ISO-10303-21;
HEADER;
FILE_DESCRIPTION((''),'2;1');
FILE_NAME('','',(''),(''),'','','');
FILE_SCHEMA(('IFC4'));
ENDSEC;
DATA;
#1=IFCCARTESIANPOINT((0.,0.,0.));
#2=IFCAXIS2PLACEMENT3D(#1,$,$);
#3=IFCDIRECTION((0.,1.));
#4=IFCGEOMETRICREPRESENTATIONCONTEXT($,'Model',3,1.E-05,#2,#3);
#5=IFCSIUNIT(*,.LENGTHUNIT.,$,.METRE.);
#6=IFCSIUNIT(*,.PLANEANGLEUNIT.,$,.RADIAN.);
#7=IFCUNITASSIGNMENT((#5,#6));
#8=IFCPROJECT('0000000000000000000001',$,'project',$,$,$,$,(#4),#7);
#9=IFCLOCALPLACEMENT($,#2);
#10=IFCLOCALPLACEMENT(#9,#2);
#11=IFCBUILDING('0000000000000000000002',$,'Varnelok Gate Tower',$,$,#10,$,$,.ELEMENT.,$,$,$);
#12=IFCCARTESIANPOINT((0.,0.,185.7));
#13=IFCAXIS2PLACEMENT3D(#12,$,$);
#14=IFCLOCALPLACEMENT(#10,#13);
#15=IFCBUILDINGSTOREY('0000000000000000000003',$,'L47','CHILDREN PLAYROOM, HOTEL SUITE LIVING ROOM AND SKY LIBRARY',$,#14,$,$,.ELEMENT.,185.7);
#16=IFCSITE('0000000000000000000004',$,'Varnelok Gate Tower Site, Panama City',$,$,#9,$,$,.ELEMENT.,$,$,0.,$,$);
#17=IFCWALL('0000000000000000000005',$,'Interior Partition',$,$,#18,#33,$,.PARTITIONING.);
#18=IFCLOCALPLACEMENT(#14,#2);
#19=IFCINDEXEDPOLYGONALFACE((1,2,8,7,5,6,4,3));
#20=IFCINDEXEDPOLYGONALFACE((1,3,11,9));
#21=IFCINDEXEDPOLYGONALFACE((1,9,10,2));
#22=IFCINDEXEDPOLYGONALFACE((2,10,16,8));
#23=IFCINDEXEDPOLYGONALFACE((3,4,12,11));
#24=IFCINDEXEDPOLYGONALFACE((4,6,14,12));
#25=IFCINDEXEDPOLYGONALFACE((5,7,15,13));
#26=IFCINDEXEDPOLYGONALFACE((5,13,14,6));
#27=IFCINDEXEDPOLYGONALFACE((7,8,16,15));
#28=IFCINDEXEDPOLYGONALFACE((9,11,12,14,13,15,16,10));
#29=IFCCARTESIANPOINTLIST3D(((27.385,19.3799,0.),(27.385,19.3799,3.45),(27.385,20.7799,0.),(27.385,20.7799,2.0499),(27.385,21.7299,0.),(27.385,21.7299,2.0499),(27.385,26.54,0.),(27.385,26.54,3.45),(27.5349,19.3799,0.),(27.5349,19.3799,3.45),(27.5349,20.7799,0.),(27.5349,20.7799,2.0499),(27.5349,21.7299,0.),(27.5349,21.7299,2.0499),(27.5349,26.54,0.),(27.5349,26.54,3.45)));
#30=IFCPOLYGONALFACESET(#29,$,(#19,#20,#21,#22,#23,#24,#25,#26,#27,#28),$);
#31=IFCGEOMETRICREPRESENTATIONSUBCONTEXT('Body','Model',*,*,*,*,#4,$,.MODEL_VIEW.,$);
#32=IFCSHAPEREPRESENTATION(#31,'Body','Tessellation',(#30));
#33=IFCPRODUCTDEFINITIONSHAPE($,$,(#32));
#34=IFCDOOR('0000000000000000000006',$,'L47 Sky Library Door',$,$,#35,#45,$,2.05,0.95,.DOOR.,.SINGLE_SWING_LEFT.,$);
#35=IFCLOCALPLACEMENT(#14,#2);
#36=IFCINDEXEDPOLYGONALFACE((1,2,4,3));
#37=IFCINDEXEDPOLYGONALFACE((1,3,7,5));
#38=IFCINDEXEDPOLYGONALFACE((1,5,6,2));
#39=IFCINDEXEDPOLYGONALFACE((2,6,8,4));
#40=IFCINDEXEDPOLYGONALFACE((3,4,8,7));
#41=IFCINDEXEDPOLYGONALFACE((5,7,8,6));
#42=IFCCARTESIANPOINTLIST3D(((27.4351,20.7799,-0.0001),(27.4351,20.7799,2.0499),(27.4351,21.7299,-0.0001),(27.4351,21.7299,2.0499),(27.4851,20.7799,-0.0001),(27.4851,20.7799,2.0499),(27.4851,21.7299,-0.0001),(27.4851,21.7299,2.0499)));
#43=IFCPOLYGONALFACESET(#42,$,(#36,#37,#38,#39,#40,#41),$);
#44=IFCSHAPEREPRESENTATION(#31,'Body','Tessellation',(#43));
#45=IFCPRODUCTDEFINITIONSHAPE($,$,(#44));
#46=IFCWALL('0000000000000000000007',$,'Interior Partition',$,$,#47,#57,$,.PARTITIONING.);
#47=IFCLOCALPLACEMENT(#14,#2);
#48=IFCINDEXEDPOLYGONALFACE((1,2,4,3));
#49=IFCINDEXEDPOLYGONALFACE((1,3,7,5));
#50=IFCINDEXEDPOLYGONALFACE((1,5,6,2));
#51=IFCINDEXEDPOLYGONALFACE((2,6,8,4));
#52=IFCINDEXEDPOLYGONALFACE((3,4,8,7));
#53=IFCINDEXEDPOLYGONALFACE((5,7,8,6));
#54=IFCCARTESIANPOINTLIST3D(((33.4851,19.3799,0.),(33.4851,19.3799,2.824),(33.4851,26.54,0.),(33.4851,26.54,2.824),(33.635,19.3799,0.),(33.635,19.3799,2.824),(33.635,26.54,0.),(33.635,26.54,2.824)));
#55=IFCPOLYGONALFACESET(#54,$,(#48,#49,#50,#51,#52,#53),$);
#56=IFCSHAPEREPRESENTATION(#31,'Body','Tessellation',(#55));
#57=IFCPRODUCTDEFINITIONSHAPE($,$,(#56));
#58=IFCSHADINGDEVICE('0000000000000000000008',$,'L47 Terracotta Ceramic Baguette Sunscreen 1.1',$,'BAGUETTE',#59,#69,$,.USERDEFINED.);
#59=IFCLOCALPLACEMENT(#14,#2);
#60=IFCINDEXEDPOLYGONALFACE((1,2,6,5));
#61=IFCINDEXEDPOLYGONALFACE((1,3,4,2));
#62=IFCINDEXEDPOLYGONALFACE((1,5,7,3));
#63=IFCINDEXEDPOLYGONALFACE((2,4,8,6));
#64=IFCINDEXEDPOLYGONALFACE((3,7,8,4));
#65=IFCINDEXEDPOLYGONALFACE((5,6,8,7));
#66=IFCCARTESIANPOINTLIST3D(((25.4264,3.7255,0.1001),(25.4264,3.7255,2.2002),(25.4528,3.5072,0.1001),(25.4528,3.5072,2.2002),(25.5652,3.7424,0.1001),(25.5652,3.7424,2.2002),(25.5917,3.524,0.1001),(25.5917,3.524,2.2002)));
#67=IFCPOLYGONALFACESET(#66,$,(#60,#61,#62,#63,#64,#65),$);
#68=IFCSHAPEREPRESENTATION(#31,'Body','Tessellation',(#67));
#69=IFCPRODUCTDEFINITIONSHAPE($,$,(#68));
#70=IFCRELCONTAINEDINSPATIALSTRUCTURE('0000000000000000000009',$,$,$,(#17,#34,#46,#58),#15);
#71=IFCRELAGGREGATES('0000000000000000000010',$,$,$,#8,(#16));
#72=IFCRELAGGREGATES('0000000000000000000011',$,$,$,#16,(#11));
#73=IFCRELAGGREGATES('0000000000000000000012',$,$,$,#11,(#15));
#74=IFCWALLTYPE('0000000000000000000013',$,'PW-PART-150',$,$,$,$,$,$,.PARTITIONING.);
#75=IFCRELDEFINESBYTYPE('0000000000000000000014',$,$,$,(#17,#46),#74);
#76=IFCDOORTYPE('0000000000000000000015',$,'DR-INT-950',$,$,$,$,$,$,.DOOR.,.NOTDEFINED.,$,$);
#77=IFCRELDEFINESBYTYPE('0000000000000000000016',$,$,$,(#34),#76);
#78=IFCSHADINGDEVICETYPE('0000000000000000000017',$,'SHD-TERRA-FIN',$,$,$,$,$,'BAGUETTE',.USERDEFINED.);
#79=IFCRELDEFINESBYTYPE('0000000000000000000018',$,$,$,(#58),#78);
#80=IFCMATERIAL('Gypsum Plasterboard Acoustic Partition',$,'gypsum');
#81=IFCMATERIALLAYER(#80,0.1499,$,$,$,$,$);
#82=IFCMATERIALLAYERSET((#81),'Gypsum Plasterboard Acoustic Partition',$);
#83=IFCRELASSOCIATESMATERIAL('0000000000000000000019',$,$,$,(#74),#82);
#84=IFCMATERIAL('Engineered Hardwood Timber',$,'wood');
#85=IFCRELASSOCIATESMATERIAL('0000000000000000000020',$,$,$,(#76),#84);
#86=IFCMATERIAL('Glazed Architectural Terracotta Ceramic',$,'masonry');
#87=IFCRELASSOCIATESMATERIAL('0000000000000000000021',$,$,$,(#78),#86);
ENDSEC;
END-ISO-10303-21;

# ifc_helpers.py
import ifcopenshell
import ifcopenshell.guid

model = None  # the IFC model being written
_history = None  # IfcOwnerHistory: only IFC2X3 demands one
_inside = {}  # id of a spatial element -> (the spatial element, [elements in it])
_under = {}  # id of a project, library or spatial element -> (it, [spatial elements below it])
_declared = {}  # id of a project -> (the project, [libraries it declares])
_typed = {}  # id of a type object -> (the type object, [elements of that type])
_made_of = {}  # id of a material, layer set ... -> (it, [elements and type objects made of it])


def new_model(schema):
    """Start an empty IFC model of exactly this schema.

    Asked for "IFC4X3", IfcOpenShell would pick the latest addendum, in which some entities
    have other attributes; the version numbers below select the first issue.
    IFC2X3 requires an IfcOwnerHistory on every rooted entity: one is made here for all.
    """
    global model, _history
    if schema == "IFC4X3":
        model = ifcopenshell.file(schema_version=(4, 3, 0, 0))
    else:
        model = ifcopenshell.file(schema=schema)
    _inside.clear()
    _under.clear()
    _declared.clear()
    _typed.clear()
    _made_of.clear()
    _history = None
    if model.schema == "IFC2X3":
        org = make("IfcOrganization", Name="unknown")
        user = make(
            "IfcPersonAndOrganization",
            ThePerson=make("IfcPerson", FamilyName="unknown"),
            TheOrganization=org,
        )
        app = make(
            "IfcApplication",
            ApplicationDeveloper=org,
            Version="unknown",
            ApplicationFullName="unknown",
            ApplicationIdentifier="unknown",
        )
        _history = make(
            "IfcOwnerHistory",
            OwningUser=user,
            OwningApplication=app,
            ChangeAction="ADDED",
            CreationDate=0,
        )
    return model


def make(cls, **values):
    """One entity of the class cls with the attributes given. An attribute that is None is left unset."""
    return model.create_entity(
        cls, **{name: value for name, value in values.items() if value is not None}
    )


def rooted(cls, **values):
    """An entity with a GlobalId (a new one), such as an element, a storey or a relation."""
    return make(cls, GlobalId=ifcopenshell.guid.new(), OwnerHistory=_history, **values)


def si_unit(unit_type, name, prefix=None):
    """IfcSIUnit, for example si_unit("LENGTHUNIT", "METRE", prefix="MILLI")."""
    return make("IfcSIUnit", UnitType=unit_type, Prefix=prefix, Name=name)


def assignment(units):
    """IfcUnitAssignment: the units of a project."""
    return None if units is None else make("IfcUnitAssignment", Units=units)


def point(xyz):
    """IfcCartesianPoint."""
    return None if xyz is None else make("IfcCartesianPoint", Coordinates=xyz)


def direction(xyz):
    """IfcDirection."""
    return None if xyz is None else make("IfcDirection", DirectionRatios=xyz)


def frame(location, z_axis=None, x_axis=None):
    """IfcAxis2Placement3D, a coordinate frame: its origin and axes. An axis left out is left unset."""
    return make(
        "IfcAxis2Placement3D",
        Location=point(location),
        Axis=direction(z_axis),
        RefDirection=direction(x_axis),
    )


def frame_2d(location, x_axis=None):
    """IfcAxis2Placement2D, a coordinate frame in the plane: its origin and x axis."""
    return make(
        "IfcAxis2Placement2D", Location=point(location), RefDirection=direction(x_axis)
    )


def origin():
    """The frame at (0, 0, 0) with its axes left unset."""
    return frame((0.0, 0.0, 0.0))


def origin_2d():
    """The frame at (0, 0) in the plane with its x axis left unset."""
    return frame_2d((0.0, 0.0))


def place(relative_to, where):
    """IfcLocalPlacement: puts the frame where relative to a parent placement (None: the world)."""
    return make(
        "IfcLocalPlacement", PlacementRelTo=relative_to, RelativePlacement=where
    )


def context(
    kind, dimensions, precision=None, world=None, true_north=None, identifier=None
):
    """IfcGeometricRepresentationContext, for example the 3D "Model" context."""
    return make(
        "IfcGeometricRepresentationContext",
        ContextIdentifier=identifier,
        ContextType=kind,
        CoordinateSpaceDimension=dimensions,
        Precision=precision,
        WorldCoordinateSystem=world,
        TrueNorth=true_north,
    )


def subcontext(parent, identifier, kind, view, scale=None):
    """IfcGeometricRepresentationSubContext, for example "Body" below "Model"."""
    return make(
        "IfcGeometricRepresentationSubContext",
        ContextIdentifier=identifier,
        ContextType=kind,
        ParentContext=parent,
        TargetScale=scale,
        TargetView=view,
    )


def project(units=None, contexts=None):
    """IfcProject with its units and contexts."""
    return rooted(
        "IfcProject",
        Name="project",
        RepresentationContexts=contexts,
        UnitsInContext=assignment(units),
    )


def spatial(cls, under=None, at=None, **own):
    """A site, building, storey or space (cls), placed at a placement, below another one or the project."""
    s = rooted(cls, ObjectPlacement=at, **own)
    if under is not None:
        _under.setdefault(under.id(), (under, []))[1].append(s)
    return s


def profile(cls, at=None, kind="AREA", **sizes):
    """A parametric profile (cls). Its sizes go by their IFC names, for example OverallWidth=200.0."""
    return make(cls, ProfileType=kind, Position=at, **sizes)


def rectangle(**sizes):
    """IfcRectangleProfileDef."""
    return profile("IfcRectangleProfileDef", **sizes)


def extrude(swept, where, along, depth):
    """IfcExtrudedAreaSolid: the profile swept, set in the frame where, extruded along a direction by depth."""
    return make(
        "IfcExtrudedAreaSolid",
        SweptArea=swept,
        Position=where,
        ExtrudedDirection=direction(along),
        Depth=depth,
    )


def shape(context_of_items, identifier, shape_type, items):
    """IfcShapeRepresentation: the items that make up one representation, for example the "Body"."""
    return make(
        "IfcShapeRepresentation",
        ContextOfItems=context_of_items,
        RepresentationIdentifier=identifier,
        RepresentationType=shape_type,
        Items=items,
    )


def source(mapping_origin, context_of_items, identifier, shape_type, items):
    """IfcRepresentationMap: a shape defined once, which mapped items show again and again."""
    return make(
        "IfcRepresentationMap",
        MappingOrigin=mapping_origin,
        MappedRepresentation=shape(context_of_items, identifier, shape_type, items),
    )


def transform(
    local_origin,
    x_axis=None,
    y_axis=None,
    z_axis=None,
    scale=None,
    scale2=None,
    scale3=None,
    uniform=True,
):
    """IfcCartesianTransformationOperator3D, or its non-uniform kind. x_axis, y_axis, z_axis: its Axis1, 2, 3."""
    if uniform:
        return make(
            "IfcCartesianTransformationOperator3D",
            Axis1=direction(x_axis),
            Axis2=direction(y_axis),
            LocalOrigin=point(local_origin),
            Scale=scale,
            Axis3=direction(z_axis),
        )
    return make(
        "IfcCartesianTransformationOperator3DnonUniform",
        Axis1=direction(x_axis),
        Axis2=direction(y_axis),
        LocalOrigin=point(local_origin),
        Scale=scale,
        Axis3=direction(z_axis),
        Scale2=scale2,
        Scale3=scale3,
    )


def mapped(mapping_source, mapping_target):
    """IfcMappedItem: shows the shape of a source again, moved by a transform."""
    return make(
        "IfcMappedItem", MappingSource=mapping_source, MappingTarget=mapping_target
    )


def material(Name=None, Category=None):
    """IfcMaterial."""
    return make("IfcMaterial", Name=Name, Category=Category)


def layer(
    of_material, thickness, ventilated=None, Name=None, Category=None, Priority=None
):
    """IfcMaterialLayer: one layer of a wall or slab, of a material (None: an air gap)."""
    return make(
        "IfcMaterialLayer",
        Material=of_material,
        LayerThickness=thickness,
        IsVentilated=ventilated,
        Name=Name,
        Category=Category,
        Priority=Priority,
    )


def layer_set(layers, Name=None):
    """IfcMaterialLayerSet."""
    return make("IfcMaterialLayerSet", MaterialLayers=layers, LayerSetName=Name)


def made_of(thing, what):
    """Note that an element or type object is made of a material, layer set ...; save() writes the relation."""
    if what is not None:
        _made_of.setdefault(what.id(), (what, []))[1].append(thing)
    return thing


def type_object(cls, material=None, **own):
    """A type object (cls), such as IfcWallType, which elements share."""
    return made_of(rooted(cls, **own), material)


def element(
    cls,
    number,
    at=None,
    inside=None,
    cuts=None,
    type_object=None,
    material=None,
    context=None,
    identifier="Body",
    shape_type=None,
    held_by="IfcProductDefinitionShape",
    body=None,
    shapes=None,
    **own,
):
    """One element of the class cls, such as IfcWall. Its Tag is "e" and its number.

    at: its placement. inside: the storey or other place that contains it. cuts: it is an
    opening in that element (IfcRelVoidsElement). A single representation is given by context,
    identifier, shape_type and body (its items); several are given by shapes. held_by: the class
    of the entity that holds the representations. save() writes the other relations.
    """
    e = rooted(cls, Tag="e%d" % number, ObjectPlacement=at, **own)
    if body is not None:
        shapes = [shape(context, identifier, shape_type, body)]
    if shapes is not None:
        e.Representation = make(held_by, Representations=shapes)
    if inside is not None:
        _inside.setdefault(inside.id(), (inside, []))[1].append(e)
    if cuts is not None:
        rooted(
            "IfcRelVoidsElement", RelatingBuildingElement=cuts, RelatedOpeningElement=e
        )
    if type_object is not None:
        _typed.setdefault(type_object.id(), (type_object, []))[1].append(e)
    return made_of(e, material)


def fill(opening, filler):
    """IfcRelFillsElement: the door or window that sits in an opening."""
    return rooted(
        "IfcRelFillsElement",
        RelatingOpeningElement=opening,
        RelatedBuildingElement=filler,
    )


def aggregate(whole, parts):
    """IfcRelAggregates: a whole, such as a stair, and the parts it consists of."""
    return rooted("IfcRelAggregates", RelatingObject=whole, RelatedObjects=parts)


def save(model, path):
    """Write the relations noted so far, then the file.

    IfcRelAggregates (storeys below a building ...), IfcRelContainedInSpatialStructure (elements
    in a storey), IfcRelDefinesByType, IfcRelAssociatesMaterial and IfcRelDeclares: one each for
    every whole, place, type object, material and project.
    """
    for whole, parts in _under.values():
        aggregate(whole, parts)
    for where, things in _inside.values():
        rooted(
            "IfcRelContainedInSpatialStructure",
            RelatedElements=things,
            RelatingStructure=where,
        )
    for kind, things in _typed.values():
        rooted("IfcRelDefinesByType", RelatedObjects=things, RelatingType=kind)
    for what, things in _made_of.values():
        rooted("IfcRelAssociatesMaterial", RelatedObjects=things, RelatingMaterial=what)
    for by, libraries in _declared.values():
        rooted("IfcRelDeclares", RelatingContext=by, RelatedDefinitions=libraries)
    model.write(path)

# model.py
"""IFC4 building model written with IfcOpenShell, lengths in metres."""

from ifc_helpers import new_model, si_unit, direction, frame, frame_2d, origin, origin_2d, place, context, subcontext, project, spatial, rectangle, extrude, source, transform, mapped, material, layer, layer_set, type_object, element, fill, save


model = new_model("IFC4")

# Units and contexts
model_context = context("Model", 3, precision=1e-05, world=origin(), true_north=direction((0.0, 1.0)))
body_context = subcontext(model_context, "Body", "Model", "MODEL_VIEW")
ifc_project = project(units=[si_unit("LENGTHUNIT", "METRE"), si_unit("PLANEANGLEUNIT", "RADIAN")], contexts=[model_context])

# Site, building, storey
site_placement = place(None, origin())
site = spatial("IfcSite", under=ifc_project, at=site_placement, Name="Varnelok Gate Tower Site, Panama City", CompositionType="ELEMENT", RefElevation=0.0)
building_placement = place(site_placement, origin())
building = spatial("IfcBuilding", under=site, at=building_placement, Name="Varnelok Gate Tower", CompositionType="ELEMENT")
storey_placement = place(building_placement, frame((0.0, 0.0, 185.7)))
storey = spatial("IfcBuildingStorey", under=building, at=storey_placement, Name="L47", Description="CHILDREN PLAYROOM, HOTEL SUITE LIVING ROOM AND SKY LIBRARY", CompositionType="ELEMENT", Elevation=185.7)

# Shared definitions
ifc_material_1 = material(Name="Gypsum Plasterboard Acoustic Partition", Category="gypsum")
ifc_layer_1 = layer(ifc_material_1, 0.1499)
ifc_layer_set_1 = layer_set([ifc_layer_1], Name="Gypsum Plasterboard Acoustic Partition")
wall_type_1 = type_object("IfcWallType", Name="PW-PART-150", PredefinedType="PARTITIONING", material=ifc_layer_set_1)

# Wall, opening, door
wall_1_placement = place(storey_placement, frame((27.46, 19.3799, 0.0), z_axis=(0.0, 0.0, 1.0), x_axis=(0.0, 1.0, 0.0)))
wall_1 = element("IfcWall", 1, at=wall_1_placement, inside=storey, type_object=wall_type_1, Name="Interior Partition", PredefinedType="PARTITIONING", context=body_context, shape_type="SweptSolid", body=[
    extrude(rectangle(XDim=7.1602, YDim=0.1499, at=frame_2d((3.5801, 0.0))), origin(), (0.0, 0.0, 1.0), 3.45),
])
opening_1_placement = place(wall_1_placement, frame((1.3999, 0.0, 0.0)))
opening_1 = element("IfcOpeningElement", 2, at=opening_1_placement, cuts=wall_1, PredefinedType="OPENING", context=body_context, shape_type="SweptSolid", body=[
    extrude(rectangle(XDim=0.95, YDim=2.05, at=frame_2d((0.4751, 1.0249))), frame((0.0, 0.085, 0.0), z_axis=(0.0, -1.0, 0.0), x_axis=(1.0, 0.0, 0.0)), (0.0, 0.0, 1.0), 0.1699),
])
ifc_material_2 = material(Name="Engineered Hardwood Timber", Category="wood")
door_type_1 = type_object("IfcDoorType", Name="DR-INT-950", OperationType="NOTDEFINED", PredefinedType="DOOR", material=ifc_material_2)
door_1_placement = place(opening_1_placement, origin())
door_1 = element("IfcDoor", 3, at=door_1_placement, inside=storey, type_object=door_type_1, Name="L47 Sky Library Door", OperationType="SINGLE_SWING_LEFT", OverallHeight=2.05, OverallWidth=0.95, PredefinedType="DOOR", context=body_context, shape_type="SweptSolid", body=[
    extrude(rectangle(XDim=0.95, YDim=2.05, at=frame_2d((0.4751, 1.0249))), frame((0.0, 0.0249, 0.0), z_axis=(0.0, -1.0, 0.0), x_axis=(1.0, 0.0, 0.0)), (0.0, 0.0, 1.0), 0.05),
])
fill(opening_1, door_1)

# Wall
wall_2_placement = place(storey_placement, frame((33.5601, 19.3799, 0.0), z_axis=(0.0, 0.0, 1.0), x_axis=(0.0, 1.0, 0.0)))
element("IfcWall", 4, at=wall_2_placement, inside=storey, type_object=wall_type_1, Name="Interior Partition", PredefinedType="PARTITIONING", context=body_context, shape_type="SweptSolid", body=[
    extrude(rectangle(XDim=7.1602, YDim=0.1499, at=frame_2d((3.5801, 0.0))), origin(), (0.0, 0.0, 1.0), 2.824),
])

# Shading device
ifc_material_3 = material(Name="Glazed Architectural Terracotta Ceramic", Category="masonry")
shading_device_type = type_object("IfcShadingDeviceType", Name="SHD-TERRA-FIN", ElementType="BAGUETTE", PredefinedType="USERDEFINED", material=ifc_material_3)
shared_shape = source(origin(), body_context, "Body", "SweptSolid", [
    extrude(rectangle(XDim=0.1399, YDim=0.22, at=origin_2d()), origin(), (0.0, 0.0, 1.0), 2.1001),
])
shading_device_placement = place(storey_placement, frame((25.509, 3.6248, 0.1001), z_axis=(0.0, 0.0, 1.0), x_axis=(0.992732, 0.120345, 0.0)))
element("IfcShadingDevice", 5, at=shading_device_placement, inside=storey, type_object=shading_device_type, Name="L47 Terracotta Ceramic Baguette Sunscreen 1.1", ObjectType="BAGUETTE", PredefinedType="USERDEFINED", context=body_context, shape_type="MappedRepresentation", body=[
    mapped(shared_shape, transform((0.0, 0.0, 0.0), scale=1.0)),
])

save(model, "model.ifc")
